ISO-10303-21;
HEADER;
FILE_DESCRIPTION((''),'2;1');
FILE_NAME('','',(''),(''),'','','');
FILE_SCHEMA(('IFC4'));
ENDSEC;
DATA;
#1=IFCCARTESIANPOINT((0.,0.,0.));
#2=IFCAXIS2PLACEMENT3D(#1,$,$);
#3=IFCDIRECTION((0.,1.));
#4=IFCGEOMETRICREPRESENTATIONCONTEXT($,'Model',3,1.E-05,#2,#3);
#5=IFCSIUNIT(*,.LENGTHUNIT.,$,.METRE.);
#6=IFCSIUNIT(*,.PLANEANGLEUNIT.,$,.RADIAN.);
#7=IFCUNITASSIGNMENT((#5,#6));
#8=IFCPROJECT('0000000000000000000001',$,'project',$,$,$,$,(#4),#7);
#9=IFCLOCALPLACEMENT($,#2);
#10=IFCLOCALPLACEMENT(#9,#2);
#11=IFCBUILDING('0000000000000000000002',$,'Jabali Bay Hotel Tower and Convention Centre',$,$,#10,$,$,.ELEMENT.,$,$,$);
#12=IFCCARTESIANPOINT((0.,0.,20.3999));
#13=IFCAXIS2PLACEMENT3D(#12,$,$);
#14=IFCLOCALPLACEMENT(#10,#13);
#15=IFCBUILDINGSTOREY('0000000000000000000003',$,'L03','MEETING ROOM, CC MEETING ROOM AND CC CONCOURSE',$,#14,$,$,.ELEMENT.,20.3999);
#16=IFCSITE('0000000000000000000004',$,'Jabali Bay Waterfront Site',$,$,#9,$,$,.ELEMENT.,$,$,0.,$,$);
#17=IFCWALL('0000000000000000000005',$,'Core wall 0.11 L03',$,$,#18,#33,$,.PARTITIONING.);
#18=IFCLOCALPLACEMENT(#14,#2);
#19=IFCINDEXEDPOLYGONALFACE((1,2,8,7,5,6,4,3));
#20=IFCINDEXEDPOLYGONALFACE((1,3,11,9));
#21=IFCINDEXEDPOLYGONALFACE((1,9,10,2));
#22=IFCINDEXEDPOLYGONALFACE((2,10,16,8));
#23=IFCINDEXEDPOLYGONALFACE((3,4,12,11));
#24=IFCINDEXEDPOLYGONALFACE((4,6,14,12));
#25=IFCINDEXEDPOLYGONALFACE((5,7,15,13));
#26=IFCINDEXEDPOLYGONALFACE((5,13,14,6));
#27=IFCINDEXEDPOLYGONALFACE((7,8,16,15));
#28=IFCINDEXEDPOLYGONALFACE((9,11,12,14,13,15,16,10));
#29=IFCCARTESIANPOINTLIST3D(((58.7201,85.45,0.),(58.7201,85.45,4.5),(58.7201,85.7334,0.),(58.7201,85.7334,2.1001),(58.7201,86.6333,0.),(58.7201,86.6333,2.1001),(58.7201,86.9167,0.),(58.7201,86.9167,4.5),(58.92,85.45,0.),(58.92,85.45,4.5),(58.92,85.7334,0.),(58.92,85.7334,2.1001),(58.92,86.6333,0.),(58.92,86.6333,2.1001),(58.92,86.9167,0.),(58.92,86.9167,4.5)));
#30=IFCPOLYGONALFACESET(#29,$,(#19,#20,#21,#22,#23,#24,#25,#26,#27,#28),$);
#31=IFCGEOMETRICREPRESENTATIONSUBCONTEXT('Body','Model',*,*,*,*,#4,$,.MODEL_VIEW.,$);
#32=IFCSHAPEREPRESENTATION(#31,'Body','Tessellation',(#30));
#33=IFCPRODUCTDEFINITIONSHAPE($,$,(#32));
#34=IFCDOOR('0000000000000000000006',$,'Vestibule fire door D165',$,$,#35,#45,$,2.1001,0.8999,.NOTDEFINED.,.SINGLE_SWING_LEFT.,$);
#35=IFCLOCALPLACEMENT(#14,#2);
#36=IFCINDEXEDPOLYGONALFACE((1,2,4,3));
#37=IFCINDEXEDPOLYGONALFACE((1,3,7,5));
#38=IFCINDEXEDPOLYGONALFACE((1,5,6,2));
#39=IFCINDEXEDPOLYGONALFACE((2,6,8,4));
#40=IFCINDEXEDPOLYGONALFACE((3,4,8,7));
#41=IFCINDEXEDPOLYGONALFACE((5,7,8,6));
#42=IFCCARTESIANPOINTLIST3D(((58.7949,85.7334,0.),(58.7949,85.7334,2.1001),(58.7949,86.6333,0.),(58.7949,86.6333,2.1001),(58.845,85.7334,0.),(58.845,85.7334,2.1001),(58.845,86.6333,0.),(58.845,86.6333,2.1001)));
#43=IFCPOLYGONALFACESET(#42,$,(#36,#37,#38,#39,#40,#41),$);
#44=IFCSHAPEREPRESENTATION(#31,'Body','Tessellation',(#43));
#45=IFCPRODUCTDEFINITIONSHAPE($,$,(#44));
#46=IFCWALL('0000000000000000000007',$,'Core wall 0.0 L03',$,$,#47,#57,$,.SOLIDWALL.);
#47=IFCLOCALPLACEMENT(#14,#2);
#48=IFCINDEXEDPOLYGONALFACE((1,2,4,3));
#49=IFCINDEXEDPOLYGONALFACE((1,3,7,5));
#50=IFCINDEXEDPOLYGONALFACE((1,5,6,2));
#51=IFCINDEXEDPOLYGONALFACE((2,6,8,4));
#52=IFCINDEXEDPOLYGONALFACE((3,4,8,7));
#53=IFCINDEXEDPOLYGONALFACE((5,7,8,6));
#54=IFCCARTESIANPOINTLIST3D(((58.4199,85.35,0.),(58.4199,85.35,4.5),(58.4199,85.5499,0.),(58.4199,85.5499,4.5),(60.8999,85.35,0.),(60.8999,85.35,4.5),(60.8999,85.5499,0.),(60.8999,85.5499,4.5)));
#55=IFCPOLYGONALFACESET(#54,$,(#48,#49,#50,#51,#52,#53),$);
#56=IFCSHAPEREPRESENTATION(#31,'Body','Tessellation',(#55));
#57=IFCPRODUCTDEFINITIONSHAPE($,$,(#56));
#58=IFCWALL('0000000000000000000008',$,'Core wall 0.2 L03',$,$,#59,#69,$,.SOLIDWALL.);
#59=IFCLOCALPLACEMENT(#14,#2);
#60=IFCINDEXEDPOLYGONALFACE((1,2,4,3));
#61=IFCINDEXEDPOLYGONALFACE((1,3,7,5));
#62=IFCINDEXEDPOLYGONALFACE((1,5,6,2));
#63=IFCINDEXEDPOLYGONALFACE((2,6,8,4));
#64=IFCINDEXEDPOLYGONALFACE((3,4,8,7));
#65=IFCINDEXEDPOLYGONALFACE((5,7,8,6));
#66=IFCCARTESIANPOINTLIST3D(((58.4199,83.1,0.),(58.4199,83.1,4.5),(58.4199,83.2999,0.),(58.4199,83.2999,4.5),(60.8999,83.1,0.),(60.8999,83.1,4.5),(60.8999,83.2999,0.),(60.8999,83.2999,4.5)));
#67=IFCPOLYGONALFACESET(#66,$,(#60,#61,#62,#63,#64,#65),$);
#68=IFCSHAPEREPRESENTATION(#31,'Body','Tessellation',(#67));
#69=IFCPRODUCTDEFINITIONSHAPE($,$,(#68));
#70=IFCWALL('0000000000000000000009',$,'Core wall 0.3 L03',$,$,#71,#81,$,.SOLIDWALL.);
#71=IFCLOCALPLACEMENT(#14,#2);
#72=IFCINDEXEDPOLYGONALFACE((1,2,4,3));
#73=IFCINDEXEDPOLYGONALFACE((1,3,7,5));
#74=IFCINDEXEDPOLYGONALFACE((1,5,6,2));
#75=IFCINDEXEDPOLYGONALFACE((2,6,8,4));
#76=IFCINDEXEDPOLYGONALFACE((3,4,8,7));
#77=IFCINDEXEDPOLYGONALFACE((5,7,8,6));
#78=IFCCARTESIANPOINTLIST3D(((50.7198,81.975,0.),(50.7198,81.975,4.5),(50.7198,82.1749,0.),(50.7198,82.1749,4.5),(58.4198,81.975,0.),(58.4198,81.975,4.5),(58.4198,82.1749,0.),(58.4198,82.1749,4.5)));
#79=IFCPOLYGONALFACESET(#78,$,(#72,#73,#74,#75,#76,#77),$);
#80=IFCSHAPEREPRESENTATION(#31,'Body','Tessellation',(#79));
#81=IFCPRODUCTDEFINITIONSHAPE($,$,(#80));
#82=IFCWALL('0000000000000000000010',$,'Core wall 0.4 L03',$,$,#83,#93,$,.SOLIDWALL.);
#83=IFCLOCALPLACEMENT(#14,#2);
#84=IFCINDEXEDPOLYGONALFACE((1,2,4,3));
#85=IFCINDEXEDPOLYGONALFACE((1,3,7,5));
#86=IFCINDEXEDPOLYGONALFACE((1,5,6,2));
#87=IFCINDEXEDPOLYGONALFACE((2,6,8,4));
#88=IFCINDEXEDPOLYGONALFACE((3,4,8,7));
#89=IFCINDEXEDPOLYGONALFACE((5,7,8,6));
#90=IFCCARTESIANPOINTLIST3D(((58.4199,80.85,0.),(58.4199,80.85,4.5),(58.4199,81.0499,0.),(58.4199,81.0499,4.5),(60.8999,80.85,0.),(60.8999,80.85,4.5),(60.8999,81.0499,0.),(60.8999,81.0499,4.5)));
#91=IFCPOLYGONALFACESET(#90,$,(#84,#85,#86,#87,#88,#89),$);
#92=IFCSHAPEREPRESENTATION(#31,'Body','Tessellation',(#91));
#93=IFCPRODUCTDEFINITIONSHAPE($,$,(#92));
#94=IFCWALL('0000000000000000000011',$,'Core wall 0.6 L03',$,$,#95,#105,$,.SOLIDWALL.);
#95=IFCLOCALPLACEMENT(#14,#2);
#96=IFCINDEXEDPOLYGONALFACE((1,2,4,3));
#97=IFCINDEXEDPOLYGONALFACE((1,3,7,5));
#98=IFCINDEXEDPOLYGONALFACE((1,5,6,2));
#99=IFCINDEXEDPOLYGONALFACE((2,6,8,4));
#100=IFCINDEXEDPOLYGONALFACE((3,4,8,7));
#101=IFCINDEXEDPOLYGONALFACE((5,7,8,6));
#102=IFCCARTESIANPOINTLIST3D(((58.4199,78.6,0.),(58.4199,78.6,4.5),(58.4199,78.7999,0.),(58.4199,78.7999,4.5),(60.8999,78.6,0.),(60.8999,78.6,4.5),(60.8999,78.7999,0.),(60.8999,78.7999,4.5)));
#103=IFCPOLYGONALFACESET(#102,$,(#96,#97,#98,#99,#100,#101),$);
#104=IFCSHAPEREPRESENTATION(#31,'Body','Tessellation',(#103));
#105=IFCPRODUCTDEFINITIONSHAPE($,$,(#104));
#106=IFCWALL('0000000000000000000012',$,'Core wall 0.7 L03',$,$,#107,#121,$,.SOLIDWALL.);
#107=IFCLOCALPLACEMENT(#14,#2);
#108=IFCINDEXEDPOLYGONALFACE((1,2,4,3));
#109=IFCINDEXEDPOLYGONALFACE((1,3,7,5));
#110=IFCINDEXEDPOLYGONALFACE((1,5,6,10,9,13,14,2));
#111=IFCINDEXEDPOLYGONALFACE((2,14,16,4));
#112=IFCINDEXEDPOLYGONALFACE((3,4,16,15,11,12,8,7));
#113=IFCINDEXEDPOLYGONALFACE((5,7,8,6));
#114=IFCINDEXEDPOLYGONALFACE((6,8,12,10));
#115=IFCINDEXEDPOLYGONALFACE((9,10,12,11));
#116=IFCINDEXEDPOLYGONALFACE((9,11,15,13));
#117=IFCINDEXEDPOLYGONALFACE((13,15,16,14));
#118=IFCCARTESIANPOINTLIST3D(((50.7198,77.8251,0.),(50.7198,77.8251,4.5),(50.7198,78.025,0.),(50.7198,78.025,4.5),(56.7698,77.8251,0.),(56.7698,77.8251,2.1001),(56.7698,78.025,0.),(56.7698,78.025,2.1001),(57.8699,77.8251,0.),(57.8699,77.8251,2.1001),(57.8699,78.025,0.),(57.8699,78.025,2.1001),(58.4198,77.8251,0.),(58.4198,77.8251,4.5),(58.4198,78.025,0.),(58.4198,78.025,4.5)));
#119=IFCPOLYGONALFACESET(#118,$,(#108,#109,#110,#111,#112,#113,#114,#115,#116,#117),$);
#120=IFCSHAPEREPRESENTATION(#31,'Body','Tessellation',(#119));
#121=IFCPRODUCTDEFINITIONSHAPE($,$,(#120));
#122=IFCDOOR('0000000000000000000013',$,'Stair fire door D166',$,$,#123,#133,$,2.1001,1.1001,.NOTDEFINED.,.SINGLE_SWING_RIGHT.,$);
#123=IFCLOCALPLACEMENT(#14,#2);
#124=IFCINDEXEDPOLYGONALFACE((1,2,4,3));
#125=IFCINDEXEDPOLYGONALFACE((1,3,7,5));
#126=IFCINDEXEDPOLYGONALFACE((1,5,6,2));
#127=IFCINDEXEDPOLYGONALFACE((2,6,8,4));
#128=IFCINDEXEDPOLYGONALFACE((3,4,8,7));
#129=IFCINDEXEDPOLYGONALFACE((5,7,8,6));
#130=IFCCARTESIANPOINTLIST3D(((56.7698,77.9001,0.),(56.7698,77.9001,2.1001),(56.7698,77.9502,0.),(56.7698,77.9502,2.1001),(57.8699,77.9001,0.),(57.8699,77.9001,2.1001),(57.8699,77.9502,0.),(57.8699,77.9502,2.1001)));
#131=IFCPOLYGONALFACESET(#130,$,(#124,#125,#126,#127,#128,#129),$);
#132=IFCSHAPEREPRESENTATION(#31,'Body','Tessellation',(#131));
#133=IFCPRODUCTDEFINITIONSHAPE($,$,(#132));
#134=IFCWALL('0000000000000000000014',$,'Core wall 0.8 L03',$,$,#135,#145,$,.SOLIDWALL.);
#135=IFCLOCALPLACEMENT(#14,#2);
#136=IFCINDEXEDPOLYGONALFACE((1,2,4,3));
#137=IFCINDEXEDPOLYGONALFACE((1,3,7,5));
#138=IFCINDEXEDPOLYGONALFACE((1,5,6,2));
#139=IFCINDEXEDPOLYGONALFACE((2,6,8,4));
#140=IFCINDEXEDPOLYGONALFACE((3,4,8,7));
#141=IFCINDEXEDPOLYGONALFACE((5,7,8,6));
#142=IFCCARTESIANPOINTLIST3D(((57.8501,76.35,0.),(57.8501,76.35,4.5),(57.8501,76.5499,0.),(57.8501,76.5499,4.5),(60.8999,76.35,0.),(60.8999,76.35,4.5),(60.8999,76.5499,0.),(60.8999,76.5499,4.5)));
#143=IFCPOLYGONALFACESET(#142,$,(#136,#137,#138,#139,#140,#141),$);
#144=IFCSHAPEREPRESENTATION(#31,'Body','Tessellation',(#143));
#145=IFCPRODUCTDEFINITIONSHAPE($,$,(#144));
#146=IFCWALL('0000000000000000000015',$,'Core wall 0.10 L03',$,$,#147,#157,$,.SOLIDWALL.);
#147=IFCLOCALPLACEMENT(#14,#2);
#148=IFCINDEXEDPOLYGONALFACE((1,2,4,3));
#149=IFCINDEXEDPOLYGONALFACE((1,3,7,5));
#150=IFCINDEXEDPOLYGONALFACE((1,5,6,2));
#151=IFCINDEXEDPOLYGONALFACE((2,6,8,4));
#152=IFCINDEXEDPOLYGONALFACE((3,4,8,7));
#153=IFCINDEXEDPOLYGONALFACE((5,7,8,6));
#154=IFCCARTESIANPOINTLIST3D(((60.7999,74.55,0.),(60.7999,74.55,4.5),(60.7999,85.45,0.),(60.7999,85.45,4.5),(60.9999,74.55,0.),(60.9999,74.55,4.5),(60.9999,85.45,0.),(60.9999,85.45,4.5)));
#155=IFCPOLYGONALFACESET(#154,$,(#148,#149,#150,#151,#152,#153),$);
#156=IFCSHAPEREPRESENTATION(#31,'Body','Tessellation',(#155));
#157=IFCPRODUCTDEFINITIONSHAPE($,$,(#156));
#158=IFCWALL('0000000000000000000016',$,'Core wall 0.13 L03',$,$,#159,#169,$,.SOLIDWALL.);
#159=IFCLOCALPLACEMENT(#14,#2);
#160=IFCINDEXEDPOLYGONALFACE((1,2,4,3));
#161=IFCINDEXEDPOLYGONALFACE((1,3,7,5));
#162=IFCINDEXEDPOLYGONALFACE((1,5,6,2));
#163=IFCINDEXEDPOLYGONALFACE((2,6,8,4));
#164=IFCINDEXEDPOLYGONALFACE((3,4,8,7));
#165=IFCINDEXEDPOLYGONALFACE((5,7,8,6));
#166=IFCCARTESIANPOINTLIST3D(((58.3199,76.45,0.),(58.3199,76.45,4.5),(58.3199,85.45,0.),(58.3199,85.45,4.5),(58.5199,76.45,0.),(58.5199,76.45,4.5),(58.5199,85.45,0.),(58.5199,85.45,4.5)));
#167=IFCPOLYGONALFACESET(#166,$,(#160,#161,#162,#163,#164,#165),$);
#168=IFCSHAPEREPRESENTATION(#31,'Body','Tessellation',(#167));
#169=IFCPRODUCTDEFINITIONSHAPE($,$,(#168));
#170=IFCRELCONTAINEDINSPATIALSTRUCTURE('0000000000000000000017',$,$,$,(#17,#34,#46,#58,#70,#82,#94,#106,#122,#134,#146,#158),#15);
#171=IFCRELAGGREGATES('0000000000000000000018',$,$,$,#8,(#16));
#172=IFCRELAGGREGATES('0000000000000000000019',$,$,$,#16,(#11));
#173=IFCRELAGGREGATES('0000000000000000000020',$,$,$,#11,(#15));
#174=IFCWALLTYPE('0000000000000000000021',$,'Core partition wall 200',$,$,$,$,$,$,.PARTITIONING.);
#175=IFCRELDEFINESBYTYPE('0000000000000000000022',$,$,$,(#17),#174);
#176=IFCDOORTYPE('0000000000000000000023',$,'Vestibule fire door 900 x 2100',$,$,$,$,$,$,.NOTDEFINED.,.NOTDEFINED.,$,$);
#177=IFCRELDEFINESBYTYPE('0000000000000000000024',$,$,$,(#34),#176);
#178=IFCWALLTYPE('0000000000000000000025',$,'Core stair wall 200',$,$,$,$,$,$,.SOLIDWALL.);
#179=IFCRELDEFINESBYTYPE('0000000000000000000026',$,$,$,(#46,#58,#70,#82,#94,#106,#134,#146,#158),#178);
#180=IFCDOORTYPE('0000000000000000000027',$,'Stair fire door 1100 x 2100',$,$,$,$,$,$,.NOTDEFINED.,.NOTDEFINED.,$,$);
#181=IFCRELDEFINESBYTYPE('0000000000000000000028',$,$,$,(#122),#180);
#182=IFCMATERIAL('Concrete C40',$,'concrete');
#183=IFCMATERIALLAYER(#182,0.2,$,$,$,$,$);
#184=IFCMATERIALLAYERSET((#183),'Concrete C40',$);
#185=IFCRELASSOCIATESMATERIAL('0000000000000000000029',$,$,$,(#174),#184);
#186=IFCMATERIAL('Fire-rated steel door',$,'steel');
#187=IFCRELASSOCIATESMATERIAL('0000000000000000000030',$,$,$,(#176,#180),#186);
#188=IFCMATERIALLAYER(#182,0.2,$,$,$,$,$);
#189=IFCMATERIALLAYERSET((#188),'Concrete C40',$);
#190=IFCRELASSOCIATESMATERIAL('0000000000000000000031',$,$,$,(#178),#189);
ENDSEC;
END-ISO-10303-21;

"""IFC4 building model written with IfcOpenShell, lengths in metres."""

from ifc_helpers import new_model, si_unit, direction, frame, frame_2d, origin, place, context, subcontext, project, spatial, rectangle, extrude, material, layer, layer_set, type_object, element, fill, save


model = new_model("IFC4")

# Units and contexts
model_context = context("Model", 3, precision=1e-05, world=origin(), true_north=direction((0.0, 1.0)))
body_context = subcontext(model_context, "Body", "Model", "MODEL_VIEW")
ifc_project = project(units=[si_unit("LENGTHUNIT", "METRE"), si_unit("PLANEANGLEUNIT", "RADIAN")], contexts=[model_context])

# Site, building, storey
site_placement = place(None, origin())
site = spatial("IfcSite", under=ifc_project, at=site_placement, Name="Jabali Bay Waterfront Site", CompositionType="ELEMENT", RefElevation=0.0)
building_placement = place(site_placement, origin())
building = spatial("IfcBuilding", under=site, at=building_placement, Name="Jabali Bay Hotel Tower and Convention Centre", CompositionType="ELEMENT")
storey_placement = place(building_placement, frame((0.0, 0.0, 20.3999)))
storey = spatial("IfcBuildingStorey", under=building, at=storey_placement, Name="L03", Description="MEETING ROOM, CC MEETING ROOM AND CC CONCOURSE", CompositionType="ELEMENT", Elevation=20.3999)

# Wall, opening, door
ifc_material_1 = material(Name="Concrete C40", Category="concrete")
ifc_layer_1 = layer(ifc_material_1, 0.2)
ifc_layer_set_1 = layer_set([ifc_layer_1], Name="Concrete C40")
wall_type_1 = type_object("IfcWallType", Name="Core partition wall 200", PredefinedType="PARTITIONING", material=ifc_layer_set_1)
wall_1_placement = place(storey_placement, frame((58.8201, 86.9167, 0.0), z_axis=(0.0, 0.0, 1.0), x_axis=(0.0, -1.0, 0.0)))
wall_1 = element("IfcWall", 1, at=wall_1_placement, inside=storey, type_object=wall_type_1, Name="Core wall 0.11 L03", PredefinedType="PARTITIONING", context=body_context, shape_type="SweptSolid", body=[
    extrude(rectangle(XDim=1.4668, YDim=0.2, at=frame_2d((0.7334, 0.0))), origin(), (0.0, 0.0, 1.0), 4.5),
])
opening_1_placement = place(wall_1_placement, frame((0.2834, 0.0, 0.0)))
opening_1 = element("IfcOpeningElement", 2, at=opening_1_placement, cuts=wall_1, PredefinedType="OPENING", context=body_context, shape_type="SweptSolid", body=[
    extrude(rectangle(XDim=0.8999, YDim=2.1001, at=frame_2d((0.45, 1.05))), frame((0.0, 0.1104, 0.0), z_axis=(0.0, -1.0, 0.0), x_axis=(1.0, 0.0, 0.0)), (0.0, 0.0, 1.0), 0.2209),
])
ifc_material_2 = material(Name="Fire-rated steel door", Category="steel")
door_type_1 = type_object("IfcDoorType", Name="Vestibule fire door 900 x 2100", OperationType="NOTDEFINED", PredefinedType="NOTDEFINED", material=ifc_material_2)
door_1_placement = place(opening_1_placement, origin())
door_1 = element("IfcDoor", 3, at=door_1_placement, inside=storey, type_object=door_type_1, Name="Vestibule fire door D165", OperationType="SINGLE_SWING_LEFT", OverallHeight=2.1001, OverallWidth=0.8999, PredefinedType="NOTDEFINED", context=body_context, shape_type="SweptSolid", body=[
    extrude(rectangle(XDim=0.8999, YDim=2.1001, at=frame_2d((0.45, 1.05))), frame((0.0, 0.0249, 0.0), z_axis=(0.0, -1.0, 0.0), x_axis=(1.0, 0.0, 0.0)), (0.0, 0.0, 1.0), 0.05),
])
fill(opening_1, door_1)

# Walls
ifc_layer_2 = layer(ifc_material_1, 0.2)
ifc_layer_set_2 = layer_set([ifc_layer_2], Name="Concrete C40")
wall_type_2 = type_object("IfcWallType", Name="Core stair wall 200", PredefinedType="SOLIDWALL", material=ifc_layer_set_2)
for number, where, z_axis, x_axis, name in (
    (4, (60.8999, 85.45, 0.0), (0.0, 0.0, 1.0), (-1.0, 0.0, 0.0), "Core wall 0.0 L03"),
    (5, (60.8999, 83.2, 0.0), (0.0, 0.0, 1.0), (-1.0, 0.0, 0.0), "Core wall 0.2 L03"),
):
    element("IfcWall", number, at=place(storey_placement, frame(where, z_axis=z_axis, x_axis=x_axis)), inside=storey, type_object=wall_type_2, Name=name, PredefinedType="SOLIDWALL", context=body_context, shape_type="SweptSolid", body=[
        extrude(rectangle(XDim=2.48, YDim=0.2, at=frame_2d((1.24, 0.0))), origin(), (0.0, 0.0, 1.0), 4.5),
    ])
wall_2_placement = place(storey_placement, frame((58.4199, 82.075, 0.0), z_axis=(0.0, 0.0, 1.0), x_axis=(-1.0, 0.0, 0.0)))
element("IfcWall", 6, at=wall_2_placement, inside=storey, type_object=wall_type_2, Name="Core wall 0.3 L03", PredefinedType="SOLIDWALL", context=body_context, shape_type="SweptSolid", body=[
    extrude(rectangle(XDim=7.7, YDim=0.2, at=frame_2d((3.8501, 0.0))), origin(), (0.0, 0.0, 1.0), 4.5),
])
for number, where, z_axis, x_axis, name in (
    (7, (60.8999, 80.95, 0.0), (0.0, 0.0, 1.0), (-1.0, 0.0, 0.0), "Core wall 0.4 L03"),
    (8, (60.8999, 78.7, 0.0), (0.0, 0.0, 1.0), (-1.0, 0.0, 0.0), "Core wall 0.6 L03"),
):
    element("IfcWall", number, at=place(storey_placement, frame(where, z_axis=z_axis, x_axis=x_axis)), inside=storey, type_object=wall_type_2, Name=name, PredefinedType="SOLIDWALL", context=body_context, shape_type="SweptSolid", body=[
        extrude(rectangle(XDim=2.48, YDim=0.2, at=frame_2d((1.24, 0.0))), origin(), (0.0, 0.0, 1.0), 4.5),
    ])

# Wall, opening, door
wall_3_placement = place(storey_placement, frame((58.4199, 77.925, 0.0), z_axis=(0.0, 0.0, 1.0), x_axis=(-1.0, 0.0, 0.0)))
wall_3 = element("IfcWall", 9, at=wall_3_placement, inside=storey, type_object=wall_type_2, Name="Core wall 0.7 L03", PredefinedType="SOLIDWALL", context=body_context, shape_type="SweptSolid", body=[
    extrude(rectangle(XDim=7.7, YDim=0.2, at=frame_2d((3.8501, 0.0))), origin(), (0.0, 0.0, 1.0), 4.5),
])
opening_2_placement = place(wall_3_placement, frame((0.55, 0.0, 0.0)))
opening_2 = element("IfcOpeningElement", 10, at=opening_2_placement, cuts=wall_3, PredefinedType="OPENING", context=body_context, shape_type="SweptSolid", body=[
    extrude(rectangle(XDim=1.1001, YDim=2.1001, at=frame_2d((0.55, 1.05))), frame((0.0, 0.1104, 0.0), z_axis=(0.0, -1.0, 0.0), x_axis=(1.0, 0.0, 0.0)), (0.0, 0.0, 1.0), 0.2209),
])
door_type_2 = type_object("IfcDoorType", Name="Stair fire door 1100 x 2100", OperationType="NOTDEFINED", PredefinedType="NOTDEFINED", material=ifc_material_2)
door_2_placement = place(opening_2_placement, origin())
door_2 = element("IfcDoor", 11, at=door_2_placement, inside=storey, type_object=door_type_2, Name="Stair fire door D166", OperationType="SINGLE_SWING_RIGHT", OverallHeight=2.1001, OverallWidth=1.1001, PredefinedType="NOTDEFINED", context=body_context, shape_type="SweptSolid", body=[
    extrude(rectangle(XDim=1.1001, YDim=2.1001, at=frame_2d((0.55, 1.05))), frame((0.0, 0.0249, 0.0), z_axis=(0.0, -1.0, 0.0), x_axis=(1.0, 0.0, 0.0)), (0.0, 0.0, 1.0), 0.05),
])
fill(opening_2, door_2)

# Walls
wall_4_placement = place(storey_placement, frame((60.8999, 76.45, 0.0), z_axis=(0.0, 0.0, 1.0), x_axis=(-1.0, 0.0, 0.0)))
element("IfcWall", 12, at=wall_4_placement, inside=storey, type_object=wall_type_2, Name="Core wall 0.8 L03", PredefinedType="SOLIDWALL", context=body_context, shape_type="SweptSolid", body=[
    extrude(rectangle(XDim=3.0498, YDim=0.2, at=frame_2d((1.5249, 0.0))), origin(), (0.0, 0.0, 1.0), 4.5),
])
wall_5_placement = place(storey_placement, frame((60.8999, 85.45, 0.0), z_axis=(0.0, 0.0, 1.0), x_axis=(0.0, -1.0, 0.0)))
element("IfcWall", 13, at=wall_5_placement, inside=storey, type_object=wall_type_2, Name="Core wall 0.10 L03", PredefinedType="SOLIDWALL", context=body_context, shape_type="SweptSolid", body=[
    extrude(rectangle(XDim=10.8999, YDim=0.2, at=frame_2d((5.45, 0.0))), origin(), (0.0, 0.0, 1.0), 4.5),
])
wall_6_placement = place(storey_placement, frame((58.4199, 85.45, 0.0), z_axis=(0.0, 0.0, 1.0), x_axis=(0.0, -1.0, 0.0)))
element("IfcWall", 14, at=wall_6_placement, inside=storey, type_object=wall_type_2, Name="Core wall 0.13 L03", PredefinedType="SOLIDWALL", context=body_context, shape_type="SweptSolid", body=[
    extrude(rectangle(XDim=9.0, YDim=0.2, at=frame_2d((4.5, 0.0))), origin(), (0.0, 0.0, 1.0), 4.5),
])

save(model, "model.ifc")
